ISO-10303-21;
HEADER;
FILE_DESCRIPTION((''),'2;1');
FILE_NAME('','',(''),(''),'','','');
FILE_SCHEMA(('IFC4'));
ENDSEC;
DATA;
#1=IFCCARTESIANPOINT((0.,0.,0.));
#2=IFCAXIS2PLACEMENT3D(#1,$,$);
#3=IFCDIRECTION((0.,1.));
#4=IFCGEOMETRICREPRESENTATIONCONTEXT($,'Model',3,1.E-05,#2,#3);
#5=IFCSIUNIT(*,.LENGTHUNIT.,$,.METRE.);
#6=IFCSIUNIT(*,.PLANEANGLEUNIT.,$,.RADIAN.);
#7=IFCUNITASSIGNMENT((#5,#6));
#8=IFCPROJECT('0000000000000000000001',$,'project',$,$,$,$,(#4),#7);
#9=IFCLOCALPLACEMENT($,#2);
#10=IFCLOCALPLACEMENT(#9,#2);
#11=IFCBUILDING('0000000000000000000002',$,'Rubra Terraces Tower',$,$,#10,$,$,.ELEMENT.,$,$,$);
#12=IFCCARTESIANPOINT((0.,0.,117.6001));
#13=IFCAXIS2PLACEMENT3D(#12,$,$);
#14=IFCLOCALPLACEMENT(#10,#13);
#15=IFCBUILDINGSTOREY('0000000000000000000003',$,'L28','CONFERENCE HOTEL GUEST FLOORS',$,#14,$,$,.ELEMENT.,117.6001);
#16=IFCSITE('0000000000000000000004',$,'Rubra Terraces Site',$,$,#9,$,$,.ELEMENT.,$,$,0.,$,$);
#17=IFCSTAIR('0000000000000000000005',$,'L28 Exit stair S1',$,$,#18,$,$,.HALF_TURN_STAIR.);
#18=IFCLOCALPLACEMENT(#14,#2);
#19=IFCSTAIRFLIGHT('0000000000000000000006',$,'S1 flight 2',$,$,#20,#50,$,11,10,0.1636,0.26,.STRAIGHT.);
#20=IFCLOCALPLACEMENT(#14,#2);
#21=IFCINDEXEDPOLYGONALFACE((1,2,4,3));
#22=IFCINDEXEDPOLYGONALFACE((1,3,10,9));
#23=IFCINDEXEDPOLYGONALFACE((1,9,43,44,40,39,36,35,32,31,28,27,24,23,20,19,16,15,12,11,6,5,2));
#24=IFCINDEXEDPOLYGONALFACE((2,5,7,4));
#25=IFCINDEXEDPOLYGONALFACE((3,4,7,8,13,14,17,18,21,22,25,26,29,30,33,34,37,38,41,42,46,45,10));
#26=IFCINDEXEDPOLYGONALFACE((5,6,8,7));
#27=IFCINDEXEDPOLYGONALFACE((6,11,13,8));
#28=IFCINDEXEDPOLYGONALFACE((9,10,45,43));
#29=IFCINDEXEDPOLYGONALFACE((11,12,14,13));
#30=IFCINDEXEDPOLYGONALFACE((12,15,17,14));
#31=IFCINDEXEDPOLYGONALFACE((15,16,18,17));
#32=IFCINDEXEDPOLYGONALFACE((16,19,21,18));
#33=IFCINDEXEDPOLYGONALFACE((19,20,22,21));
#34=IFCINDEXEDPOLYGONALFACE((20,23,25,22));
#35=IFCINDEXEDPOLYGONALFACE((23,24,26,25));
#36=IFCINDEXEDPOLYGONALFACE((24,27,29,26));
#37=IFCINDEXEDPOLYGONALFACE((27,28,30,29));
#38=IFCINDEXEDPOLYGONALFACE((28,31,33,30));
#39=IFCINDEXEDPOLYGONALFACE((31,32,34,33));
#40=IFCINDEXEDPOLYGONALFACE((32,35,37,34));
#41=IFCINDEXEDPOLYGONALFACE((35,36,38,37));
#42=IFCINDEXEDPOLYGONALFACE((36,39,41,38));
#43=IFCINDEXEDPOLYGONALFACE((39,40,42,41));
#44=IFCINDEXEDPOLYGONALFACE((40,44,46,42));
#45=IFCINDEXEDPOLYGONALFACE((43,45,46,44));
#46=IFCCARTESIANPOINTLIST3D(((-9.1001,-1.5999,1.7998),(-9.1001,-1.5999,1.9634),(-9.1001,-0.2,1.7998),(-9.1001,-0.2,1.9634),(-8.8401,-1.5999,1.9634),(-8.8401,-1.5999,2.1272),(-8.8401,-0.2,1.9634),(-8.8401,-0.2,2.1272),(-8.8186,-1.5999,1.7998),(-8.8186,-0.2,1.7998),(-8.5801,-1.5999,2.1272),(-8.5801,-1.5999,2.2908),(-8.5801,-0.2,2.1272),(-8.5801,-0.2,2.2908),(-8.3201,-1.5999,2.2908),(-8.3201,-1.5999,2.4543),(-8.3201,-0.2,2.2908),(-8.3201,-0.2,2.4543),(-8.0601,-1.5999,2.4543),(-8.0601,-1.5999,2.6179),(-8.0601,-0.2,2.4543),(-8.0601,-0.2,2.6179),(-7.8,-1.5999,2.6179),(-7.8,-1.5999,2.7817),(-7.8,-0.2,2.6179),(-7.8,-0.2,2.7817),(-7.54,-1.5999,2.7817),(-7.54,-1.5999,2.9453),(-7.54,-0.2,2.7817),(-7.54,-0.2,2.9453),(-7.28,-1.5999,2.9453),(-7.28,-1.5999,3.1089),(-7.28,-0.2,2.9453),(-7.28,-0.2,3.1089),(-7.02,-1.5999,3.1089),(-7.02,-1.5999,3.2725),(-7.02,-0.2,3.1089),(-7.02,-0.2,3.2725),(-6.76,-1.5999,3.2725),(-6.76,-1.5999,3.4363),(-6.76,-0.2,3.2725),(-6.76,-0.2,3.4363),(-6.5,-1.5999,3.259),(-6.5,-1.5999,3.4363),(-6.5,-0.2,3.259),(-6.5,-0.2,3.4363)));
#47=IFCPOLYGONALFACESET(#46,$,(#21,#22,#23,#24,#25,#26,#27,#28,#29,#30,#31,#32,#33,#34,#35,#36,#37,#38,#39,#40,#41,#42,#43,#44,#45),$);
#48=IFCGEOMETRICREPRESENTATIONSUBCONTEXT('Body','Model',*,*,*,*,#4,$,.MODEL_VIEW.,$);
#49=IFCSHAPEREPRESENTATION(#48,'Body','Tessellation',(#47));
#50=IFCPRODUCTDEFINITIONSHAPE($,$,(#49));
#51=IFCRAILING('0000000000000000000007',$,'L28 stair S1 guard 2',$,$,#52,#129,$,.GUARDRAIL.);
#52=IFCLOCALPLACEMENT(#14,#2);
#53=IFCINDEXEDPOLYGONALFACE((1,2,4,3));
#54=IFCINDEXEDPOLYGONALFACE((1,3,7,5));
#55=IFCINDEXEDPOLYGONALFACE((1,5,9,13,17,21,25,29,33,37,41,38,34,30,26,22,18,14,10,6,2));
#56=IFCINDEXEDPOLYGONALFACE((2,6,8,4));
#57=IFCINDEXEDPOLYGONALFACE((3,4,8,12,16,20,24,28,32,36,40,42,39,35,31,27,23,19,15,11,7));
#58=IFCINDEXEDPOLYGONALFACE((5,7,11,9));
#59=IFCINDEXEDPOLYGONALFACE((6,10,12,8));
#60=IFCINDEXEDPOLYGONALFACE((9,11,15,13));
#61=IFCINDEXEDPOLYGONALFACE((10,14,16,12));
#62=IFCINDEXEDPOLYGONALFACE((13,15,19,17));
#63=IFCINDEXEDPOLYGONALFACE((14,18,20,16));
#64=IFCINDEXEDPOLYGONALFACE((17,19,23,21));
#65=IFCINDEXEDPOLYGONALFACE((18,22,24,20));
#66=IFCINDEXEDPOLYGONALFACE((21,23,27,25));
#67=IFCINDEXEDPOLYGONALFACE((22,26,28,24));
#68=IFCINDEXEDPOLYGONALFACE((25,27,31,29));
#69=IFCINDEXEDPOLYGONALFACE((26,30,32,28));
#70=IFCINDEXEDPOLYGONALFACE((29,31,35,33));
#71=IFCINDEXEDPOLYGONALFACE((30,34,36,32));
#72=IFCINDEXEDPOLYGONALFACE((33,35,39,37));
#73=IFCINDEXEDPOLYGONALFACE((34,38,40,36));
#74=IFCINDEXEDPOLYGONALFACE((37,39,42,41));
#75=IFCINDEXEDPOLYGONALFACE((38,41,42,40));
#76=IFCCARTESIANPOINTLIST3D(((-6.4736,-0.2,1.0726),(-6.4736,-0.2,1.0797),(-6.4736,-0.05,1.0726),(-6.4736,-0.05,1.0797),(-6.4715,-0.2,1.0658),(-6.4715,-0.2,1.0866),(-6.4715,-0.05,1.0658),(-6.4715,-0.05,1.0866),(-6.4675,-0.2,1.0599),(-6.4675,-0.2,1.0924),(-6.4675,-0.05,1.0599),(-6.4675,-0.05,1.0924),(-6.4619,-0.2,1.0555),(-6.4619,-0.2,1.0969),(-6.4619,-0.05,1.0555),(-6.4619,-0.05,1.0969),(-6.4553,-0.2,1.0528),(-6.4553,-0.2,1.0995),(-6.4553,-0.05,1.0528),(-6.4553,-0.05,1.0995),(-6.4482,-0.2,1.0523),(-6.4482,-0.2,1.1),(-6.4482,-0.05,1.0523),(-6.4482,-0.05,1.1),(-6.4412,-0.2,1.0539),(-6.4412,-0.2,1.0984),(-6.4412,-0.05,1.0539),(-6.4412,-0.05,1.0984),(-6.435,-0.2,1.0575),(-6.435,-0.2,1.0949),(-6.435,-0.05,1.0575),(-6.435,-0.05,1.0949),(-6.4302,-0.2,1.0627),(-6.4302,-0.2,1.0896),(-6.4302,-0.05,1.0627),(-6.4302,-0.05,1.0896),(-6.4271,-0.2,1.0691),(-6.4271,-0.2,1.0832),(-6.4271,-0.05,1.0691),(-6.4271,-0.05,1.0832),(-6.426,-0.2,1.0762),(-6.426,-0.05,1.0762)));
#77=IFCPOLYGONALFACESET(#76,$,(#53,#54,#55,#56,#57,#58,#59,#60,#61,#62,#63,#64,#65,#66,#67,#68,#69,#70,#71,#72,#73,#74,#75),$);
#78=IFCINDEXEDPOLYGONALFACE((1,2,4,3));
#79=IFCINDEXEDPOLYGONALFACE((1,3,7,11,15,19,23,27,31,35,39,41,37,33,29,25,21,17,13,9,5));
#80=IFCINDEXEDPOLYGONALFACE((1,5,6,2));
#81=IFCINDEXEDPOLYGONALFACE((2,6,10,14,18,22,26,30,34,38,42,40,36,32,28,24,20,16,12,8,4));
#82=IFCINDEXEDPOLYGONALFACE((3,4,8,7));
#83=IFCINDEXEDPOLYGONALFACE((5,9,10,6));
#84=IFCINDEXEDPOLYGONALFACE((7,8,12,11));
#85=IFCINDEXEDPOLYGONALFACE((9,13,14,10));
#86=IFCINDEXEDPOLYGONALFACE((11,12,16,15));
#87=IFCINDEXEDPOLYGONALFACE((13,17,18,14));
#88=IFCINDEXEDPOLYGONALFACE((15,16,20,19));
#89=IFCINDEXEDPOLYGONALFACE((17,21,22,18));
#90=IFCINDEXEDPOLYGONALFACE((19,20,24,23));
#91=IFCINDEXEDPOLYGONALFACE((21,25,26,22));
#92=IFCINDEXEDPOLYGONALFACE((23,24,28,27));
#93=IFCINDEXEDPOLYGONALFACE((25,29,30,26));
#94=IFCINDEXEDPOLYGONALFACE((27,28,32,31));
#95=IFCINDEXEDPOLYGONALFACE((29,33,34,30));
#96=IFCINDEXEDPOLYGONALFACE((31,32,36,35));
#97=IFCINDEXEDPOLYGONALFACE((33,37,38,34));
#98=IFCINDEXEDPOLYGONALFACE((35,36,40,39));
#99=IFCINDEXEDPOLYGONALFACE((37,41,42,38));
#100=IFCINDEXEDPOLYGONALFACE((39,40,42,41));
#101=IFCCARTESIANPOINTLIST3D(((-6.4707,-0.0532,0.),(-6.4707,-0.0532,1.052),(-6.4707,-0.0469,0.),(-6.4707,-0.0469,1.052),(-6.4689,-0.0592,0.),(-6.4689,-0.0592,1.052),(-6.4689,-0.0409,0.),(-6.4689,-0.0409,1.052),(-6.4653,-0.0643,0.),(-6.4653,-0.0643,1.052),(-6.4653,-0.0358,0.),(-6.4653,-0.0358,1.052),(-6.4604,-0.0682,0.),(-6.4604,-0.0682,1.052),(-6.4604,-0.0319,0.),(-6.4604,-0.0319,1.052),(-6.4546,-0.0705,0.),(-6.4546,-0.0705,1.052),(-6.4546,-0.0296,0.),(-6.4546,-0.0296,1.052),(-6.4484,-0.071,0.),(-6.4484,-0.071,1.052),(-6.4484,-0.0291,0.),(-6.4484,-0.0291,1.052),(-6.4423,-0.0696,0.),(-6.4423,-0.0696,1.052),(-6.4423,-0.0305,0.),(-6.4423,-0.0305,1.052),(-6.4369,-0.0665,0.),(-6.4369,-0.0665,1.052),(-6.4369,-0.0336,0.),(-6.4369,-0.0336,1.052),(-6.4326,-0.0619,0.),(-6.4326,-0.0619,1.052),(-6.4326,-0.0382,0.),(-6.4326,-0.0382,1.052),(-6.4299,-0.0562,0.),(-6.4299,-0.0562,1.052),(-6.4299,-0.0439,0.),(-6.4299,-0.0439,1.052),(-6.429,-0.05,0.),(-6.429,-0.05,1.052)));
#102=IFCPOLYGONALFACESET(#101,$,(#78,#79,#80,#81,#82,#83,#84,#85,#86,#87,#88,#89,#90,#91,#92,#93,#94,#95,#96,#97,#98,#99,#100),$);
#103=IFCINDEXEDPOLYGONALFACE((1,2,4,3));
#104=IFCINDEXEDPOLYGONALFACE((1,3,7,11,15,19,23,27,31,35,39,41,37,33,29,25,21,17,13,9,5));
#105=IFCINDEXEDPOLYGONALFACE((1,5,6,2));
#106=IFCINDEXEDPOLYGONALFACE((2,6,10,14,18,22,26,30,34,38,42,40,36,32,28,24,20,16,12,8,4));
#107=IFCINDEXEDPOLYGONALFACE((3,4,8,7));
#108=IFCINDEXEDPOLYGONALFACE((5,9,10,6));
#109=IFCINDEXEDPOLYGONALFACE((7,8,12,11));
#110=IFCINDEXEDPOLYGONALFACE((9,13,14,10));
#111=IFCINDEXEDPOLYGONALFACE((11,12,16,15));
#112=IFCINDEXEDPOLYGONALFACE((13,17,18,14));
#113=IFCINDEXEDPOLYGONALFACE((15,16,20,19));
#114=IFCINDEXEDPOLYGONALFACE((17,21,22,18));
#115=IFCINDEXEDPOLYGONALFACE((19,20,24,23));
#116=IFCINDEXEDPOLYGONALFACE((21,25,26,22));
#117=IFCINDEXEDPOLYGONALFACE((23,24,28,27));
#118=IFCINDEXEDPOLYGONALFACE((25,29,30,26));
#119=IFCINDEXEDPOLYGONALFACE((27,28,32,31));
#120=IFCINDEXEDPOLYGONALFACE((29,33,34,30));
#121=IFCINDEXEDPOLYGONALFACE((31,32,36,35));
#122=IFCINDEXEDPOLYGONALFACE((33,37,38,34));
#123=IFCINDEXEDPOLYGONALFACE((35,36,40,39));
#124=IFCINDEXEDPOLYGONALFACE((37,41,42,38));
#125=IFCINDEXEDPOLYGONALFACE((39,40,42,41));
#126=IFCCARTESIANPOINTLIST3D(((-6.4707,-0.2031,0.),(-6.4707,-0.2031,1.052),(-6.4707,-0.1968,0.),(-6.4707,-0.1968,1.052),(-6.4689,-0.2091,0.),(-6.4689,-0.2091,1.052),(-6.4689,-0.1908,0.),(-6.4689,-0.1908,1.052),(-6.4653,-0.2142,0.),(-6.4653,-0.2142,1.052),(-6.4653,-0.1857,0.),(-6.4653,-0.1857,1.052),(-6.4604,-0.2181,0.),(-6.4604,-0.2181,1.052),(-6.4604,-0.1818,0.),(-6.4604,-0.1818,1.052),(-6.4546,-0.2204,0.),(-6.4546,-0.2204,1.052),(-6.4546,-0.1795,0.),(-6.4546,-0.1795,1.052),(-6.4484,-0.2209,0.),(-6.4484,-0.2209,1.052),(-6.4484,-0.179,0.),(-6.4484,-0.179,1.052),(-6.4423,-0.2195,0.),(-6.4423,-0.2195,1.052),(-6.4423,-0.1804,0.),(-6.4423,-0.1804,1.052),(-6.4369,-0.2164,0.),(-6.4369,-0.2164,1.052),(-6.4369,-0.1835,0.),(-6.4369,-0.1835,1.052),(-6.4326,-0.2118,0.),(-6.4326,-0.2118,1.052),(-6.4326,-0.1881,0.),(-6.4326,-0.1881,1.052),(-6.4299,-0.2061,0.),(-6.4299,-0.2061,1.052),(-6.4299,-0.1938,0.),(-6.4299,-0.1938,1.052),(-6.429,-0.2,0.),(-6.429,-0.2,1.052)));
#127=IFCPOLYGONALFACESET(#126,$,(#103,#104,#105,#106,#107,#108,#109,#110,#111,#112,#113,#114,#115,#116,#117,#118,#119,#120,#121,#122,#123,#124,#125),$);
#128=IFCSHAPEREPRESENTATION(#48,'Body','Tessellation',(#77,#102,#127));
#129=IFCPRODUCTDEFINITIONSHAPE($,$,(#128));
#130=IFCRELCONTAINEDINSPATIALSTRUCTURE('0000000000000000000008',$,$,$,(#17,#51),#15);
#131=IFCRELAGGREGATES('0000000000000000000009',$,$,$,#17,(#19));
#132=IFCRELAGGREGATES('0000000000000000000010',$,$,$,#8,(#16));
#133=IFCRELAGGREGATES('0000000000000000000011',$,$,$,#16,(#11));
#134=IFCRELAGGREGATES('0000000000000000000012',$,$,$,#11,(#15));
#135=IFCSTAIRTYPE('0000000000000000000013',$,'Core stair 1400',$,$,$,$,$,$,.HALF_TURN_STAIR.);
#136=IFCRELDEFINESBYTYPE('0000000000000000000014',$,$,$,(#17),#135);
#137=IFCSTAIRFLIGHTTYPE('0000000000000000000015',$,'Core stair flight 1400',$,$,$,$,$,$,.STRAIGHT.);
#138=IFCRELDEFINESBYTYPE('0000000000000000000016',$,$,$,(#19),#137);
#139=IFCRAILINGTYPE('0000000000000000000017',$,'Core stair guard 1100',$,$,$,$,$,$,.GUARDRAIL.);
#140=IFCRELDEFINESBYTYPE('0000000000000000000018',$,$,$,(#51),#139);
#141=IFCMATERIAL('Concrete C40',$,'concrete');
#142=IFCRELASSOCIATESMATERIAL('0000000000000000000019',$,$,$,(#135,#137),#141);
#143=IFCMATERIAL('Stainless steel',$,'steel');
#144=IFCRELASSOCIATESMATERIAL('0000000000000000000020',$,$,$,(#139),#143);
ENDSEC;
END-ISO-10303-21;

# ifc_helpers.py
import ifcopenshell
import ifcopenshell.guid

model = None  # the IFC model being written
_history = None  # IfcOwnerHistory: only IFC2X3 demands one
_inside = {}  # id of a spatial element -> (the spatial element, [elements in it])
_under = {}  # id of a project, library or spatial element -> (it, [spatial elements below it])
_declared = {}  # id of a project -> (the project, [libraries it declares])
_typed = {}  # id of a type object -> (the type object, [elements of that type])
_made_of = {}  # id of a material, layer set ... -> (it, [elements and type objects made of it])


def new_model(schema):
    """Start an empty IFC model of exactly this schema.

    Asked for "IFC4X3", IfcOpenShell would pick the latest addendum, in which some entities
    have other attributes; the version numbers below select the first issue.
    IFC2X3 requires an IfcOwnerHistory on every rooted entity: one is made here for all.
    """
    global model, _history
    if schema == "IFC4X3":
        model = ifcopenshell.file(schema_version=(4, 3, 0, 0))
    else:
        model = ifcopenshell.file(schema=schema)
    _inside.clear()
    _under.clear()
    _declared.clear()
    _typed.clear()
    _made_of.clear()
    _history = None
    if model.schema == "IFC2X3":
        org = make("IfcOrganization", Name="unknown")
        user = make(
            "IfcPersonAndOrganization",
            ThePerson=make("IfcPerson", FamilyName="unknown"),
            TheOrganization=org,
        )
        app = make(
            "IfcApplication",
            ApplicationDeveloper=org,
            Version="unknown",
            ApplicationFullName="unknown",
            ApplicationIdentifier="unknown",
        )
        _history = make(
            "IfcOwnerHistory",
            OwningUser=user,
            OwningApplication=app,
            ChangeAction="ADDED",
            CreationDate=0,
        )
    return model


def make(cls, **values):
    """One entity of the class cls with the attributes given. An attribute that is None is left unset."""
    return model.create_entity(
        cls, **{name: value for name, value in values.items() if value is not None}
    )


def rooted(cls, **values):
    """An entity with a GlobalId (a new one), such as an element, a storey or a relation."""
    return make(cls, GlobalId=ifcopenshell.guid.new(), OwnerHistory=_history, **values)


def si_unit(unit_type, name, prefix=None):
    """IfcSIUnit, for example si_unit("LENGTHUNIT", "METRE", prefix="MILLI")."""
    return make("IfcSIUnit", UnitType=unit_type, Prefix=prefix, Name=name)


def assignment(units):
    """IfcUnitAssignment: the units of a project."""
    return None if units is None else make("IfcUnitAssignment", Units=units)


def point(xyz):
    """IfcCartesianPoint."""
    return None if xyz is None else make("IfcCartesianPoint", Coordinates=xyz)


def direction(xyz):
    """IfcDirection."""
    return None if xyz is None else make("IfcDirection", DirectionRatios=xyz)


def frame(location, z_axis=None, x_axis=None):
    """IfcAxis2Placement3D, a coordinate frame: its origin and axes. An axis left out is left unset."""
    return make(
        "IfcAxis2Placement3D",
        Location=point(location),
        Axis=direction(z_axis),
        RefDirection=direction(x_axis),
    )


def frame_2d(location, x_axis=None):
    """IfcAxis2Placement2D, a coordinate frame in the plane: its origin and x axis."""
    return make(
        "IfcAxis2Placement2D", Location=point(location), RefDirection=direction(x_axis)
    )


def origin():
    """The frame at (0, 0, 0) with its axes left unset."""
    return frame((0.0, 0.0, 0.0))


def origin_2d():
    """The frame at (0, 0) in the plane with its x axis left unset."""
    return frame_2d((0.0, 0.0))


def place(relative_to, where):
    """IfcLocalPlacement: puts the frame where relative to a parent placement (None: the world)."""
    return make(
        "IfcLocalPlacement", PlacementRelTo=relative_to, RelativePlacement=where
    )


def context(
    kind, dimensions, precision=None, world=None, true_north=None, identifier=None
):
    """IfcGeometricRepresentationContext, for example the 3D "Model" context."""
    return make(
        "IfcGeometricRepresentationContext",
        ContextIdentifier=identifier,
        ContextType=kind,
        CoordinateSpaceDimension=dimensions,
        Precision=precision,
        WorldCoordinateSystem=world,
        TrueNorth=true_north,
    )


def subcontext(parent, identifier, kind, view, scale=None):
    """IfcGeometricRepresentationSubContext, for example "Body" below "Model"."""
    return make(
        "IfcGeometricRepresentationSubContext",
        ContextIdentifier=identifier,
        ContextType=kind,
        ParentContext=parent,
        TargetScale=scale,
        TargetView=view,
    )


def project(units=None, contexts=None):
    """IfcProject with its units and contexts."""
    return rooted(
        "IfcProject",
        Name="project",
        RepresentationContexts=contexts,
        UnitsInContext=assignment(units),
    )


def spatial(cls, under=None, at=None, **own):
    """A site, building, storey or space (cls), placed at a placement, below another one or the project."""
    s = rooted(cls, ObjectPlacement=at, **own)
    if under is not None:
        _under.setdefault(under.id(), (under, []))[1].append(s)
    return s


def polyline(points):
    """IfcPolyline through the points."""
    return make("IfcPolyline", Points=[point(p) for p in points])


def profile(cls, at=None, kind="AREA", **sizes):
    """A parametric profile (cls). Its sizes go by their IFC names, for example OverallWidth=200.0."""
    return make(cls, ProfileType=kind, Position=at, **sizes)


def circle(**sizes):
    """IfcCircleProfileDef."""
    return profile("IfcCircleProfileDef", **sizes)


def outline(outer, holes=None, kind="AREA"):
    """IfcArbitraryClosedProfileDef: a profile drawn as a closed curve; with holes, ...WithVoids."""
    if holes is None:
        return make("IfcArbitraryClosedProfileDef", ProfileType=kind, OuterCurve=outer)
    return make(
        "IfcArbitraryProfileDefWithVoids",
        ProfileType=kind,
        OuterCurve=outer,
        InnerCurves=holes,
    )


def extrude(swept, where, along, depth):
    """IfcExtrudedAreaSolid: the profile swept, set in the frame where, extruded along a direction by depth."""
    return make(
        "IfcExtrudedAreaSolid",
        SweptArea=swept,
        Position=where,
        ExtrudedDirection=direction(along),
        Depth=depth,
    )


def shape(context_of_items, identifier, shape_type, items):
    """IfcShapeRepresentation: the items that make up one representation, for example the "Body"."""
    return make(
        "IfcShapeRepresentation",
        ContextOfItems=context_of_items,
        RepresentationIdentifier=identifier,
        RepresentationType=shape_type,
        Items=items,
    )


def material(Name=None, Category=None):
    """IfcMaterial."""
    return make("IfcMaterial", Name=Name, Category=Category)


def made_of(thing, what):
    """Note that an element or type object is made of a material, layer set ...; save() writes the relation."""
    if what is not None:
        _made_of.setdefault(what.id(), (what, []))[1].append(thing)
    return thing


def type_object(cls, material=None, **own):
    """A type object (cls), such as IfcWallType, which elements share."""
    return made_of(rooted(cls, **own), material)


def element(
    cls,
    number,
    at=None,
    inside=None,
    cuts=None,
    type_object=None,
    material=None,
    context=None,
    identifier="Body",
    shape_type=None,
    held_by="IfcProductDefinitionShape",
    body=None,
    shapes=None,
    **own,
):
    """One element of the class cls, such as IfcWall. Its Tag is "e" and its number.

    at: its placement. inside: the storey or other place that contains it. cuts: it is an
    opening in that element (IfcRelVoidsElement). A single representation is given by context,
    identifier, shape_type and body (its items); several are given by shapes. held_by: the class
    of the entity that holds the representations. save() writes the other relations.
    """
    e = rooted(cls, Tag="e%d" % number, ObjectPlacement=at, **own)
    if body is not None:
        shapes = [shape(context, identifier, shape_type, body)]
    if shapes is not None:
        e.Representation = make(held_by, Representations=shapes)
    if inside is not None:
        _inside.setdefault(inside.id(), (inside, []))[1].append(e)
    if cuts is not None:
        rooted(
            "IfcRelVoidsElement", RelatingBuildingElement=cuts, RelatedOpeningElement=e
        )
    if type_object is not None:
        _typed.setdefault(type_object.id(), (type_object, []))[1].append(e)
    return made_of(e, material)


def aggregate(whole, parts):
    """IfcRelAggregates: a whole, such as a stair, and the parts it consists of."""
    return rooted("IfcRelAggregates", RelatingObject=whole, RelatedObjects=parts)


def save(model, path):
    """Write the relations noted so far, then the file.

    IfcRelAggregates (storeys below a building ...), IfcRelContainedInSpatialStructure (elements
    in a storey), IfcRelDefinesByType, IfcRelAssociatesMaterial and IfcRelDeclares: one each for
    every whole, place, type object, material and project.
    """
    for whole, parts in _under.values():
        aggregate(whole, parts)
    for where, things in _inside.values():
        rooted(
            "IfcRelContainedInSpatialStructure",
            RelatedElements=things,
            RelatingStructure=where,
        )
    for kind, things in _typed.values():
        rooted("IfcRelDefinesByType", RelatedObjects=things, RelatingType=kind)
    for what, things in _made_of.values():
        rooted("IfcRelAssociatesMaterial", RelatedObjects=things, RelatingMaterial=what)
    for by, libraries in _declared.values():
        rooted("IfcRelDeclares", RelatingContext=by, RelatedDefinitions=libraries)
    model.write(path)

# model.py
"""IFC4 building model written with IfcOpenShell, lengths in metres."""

from ifc_helpers import new_model, si_unit, direction, frame, origin, origin_2d, place, context, subcontext, project, spatial, polyline, circle, outline, extrude, material, type_object, element, aggregate, save


model = new_model("IFC4")

# Units and contexts
model_context = context("Model", 3, precision=1e-05, world=origin(), true_north=direction((0.0, 1.0)))
body_context = subcontext(model_context, "Body", "Model", "MODEL_VIEW")
ifc_project = project(units=[si_unit("LENGTHUNIT", "METRE"), si_unit("PLANEANGLEUNIT", "RADIAN")], contexts=[model_context])

# Site, building, storey
site_placement = place(None, origin())
site = spatial("IfcSite", under=ifc_project, at=site_placement, Name="Rubra Terraces Site", CompositionType="ELEMENT", RefElevation=0.0)
building_placement = place(site_placement, origin())
building = spatial("IfcBuilding", under=site, at=building_placement, Name="Rubra Terraces Tower", CompositionType="ELEMENT")
storey_placement = place(building_placement, frame((0.0, 0.0, 117.6001)))
storey = spatial("IfcBuildingStorey", under=building, at=storey_placement, Name="L28", Description="CONFERENCE HOTEL GUEST FLOORS", CompositionType="ELEMENT", Elevation=117.6001)

# Shared definitions
ifc_material_1 = material(Name="Concrete C40", Category="concrete")

# Stair, stair flight
stair_type = type_object("IfcStairType", Name="Core stair 1400", PredefinedType="HALF_TURN_STAIR", material=ifc_material_1)
stair_placement = place(storey_placement, origin())
stair = element("IfcStair", 1, at=stair_placement, inside=storey, type_object=stair_type, Name="L28 Exit stair S1", PredefinedType="HALF_TURN_STAIR")
stair_flight_type = type_object("IfcStairFlightType", Name="Core stair flight 1400", PredefinedType="STRAIGHT", material=ifc_material_1)
stair_flight_placement = place(storey_placement, frame((-9.1001, -0.8999, 1.7998), z_axis=(0.0, 0.0, 1.0), x_axis=(1.0, 0.0, 0.0)))
stair_flight = element("IfcStairFlight", 2, at=stair_flight_placement, type_object=stair_flight_type, Name="S1 flight 2", NumberOfRisers=11, NumberOfTreads=10, PredefinedType="STRAIGHT", RiserHeight=0.1636, TreadLength=0.26, context=body_context, shape_type="SweptSolid", body=[
    extrude(outline(polyline([(0.0, 0.0), (0.0, 0.1636), (0.26, 0.1636), (0.26, 0.3274), (0.52, 0.3274), (0.52, 0.491), (0.78, 0.491), (0.78, 0.6545), (1.04, 0.6545), (1.04, 0.8181), (1.3, 0.8181), (1.3, 0.9819), (1.5601, 0.9819), (1.5601, 1.1455), (1.8201, 1.1455), (1.8201, 1.3091), (2.0801, 1.3091), (2.0801, 1.4727), (2.3401, 1.4727), (2.3401, 1.6365), (2.6001, 1.6365), (2.6001, 1.8), (2.6001, 1.4592), (0.2815, 0.0), (0.0, 0.0)])), frame((0.0, 0.7, 0.0), z_axis=(0.0, -1.0, 0.0), x_axis=(1.0, 0.0, 0.0)), (0.0, 0.0, 1.0), 1.3999),
])
aggregate(stair, [stair_flight])

# Railing
ifc_material_2 = material(Name="Stainless steel", Category="steel")
railing_type = type_object("IfcRailingType", Name="Core stair guard 1100", PredefinedType="GUARDRAIL", material=ifc_material_2)
railing_1_placement = place(storey_placement, frame((-6.45, -0.05, 0.0)))
element("IfcRailing", 3, at=railing_1_placement, inside=storey, type_object=railing_type, Name="L28 stair S1 guard 2", PredefinedType="GUARDRAIL", context=body_context, shape_type="SweptSolid", body=[
    extrude(circle(Radius=0.0239, at=origin_2d()), frame((0.0, 0.0, 1.0762), z_axis=(0.0, -1.0, 0.0), x_axis=(1.0, 0.0, 0.0)), (0.0, 0.0, 1.0), 0.1499),
    extrude(circle(Radius=0.021, at=origin_2d()), origin(), (0.0, 0.0, 1.0), 1.052),
    extrude(circle(Radius=0.021, at=origin_2d()), frame((0.0, -0.1499, 0.0)), (0.0, 0.0, 1.0), 1.052),
])

save(model, "model.ifc")
